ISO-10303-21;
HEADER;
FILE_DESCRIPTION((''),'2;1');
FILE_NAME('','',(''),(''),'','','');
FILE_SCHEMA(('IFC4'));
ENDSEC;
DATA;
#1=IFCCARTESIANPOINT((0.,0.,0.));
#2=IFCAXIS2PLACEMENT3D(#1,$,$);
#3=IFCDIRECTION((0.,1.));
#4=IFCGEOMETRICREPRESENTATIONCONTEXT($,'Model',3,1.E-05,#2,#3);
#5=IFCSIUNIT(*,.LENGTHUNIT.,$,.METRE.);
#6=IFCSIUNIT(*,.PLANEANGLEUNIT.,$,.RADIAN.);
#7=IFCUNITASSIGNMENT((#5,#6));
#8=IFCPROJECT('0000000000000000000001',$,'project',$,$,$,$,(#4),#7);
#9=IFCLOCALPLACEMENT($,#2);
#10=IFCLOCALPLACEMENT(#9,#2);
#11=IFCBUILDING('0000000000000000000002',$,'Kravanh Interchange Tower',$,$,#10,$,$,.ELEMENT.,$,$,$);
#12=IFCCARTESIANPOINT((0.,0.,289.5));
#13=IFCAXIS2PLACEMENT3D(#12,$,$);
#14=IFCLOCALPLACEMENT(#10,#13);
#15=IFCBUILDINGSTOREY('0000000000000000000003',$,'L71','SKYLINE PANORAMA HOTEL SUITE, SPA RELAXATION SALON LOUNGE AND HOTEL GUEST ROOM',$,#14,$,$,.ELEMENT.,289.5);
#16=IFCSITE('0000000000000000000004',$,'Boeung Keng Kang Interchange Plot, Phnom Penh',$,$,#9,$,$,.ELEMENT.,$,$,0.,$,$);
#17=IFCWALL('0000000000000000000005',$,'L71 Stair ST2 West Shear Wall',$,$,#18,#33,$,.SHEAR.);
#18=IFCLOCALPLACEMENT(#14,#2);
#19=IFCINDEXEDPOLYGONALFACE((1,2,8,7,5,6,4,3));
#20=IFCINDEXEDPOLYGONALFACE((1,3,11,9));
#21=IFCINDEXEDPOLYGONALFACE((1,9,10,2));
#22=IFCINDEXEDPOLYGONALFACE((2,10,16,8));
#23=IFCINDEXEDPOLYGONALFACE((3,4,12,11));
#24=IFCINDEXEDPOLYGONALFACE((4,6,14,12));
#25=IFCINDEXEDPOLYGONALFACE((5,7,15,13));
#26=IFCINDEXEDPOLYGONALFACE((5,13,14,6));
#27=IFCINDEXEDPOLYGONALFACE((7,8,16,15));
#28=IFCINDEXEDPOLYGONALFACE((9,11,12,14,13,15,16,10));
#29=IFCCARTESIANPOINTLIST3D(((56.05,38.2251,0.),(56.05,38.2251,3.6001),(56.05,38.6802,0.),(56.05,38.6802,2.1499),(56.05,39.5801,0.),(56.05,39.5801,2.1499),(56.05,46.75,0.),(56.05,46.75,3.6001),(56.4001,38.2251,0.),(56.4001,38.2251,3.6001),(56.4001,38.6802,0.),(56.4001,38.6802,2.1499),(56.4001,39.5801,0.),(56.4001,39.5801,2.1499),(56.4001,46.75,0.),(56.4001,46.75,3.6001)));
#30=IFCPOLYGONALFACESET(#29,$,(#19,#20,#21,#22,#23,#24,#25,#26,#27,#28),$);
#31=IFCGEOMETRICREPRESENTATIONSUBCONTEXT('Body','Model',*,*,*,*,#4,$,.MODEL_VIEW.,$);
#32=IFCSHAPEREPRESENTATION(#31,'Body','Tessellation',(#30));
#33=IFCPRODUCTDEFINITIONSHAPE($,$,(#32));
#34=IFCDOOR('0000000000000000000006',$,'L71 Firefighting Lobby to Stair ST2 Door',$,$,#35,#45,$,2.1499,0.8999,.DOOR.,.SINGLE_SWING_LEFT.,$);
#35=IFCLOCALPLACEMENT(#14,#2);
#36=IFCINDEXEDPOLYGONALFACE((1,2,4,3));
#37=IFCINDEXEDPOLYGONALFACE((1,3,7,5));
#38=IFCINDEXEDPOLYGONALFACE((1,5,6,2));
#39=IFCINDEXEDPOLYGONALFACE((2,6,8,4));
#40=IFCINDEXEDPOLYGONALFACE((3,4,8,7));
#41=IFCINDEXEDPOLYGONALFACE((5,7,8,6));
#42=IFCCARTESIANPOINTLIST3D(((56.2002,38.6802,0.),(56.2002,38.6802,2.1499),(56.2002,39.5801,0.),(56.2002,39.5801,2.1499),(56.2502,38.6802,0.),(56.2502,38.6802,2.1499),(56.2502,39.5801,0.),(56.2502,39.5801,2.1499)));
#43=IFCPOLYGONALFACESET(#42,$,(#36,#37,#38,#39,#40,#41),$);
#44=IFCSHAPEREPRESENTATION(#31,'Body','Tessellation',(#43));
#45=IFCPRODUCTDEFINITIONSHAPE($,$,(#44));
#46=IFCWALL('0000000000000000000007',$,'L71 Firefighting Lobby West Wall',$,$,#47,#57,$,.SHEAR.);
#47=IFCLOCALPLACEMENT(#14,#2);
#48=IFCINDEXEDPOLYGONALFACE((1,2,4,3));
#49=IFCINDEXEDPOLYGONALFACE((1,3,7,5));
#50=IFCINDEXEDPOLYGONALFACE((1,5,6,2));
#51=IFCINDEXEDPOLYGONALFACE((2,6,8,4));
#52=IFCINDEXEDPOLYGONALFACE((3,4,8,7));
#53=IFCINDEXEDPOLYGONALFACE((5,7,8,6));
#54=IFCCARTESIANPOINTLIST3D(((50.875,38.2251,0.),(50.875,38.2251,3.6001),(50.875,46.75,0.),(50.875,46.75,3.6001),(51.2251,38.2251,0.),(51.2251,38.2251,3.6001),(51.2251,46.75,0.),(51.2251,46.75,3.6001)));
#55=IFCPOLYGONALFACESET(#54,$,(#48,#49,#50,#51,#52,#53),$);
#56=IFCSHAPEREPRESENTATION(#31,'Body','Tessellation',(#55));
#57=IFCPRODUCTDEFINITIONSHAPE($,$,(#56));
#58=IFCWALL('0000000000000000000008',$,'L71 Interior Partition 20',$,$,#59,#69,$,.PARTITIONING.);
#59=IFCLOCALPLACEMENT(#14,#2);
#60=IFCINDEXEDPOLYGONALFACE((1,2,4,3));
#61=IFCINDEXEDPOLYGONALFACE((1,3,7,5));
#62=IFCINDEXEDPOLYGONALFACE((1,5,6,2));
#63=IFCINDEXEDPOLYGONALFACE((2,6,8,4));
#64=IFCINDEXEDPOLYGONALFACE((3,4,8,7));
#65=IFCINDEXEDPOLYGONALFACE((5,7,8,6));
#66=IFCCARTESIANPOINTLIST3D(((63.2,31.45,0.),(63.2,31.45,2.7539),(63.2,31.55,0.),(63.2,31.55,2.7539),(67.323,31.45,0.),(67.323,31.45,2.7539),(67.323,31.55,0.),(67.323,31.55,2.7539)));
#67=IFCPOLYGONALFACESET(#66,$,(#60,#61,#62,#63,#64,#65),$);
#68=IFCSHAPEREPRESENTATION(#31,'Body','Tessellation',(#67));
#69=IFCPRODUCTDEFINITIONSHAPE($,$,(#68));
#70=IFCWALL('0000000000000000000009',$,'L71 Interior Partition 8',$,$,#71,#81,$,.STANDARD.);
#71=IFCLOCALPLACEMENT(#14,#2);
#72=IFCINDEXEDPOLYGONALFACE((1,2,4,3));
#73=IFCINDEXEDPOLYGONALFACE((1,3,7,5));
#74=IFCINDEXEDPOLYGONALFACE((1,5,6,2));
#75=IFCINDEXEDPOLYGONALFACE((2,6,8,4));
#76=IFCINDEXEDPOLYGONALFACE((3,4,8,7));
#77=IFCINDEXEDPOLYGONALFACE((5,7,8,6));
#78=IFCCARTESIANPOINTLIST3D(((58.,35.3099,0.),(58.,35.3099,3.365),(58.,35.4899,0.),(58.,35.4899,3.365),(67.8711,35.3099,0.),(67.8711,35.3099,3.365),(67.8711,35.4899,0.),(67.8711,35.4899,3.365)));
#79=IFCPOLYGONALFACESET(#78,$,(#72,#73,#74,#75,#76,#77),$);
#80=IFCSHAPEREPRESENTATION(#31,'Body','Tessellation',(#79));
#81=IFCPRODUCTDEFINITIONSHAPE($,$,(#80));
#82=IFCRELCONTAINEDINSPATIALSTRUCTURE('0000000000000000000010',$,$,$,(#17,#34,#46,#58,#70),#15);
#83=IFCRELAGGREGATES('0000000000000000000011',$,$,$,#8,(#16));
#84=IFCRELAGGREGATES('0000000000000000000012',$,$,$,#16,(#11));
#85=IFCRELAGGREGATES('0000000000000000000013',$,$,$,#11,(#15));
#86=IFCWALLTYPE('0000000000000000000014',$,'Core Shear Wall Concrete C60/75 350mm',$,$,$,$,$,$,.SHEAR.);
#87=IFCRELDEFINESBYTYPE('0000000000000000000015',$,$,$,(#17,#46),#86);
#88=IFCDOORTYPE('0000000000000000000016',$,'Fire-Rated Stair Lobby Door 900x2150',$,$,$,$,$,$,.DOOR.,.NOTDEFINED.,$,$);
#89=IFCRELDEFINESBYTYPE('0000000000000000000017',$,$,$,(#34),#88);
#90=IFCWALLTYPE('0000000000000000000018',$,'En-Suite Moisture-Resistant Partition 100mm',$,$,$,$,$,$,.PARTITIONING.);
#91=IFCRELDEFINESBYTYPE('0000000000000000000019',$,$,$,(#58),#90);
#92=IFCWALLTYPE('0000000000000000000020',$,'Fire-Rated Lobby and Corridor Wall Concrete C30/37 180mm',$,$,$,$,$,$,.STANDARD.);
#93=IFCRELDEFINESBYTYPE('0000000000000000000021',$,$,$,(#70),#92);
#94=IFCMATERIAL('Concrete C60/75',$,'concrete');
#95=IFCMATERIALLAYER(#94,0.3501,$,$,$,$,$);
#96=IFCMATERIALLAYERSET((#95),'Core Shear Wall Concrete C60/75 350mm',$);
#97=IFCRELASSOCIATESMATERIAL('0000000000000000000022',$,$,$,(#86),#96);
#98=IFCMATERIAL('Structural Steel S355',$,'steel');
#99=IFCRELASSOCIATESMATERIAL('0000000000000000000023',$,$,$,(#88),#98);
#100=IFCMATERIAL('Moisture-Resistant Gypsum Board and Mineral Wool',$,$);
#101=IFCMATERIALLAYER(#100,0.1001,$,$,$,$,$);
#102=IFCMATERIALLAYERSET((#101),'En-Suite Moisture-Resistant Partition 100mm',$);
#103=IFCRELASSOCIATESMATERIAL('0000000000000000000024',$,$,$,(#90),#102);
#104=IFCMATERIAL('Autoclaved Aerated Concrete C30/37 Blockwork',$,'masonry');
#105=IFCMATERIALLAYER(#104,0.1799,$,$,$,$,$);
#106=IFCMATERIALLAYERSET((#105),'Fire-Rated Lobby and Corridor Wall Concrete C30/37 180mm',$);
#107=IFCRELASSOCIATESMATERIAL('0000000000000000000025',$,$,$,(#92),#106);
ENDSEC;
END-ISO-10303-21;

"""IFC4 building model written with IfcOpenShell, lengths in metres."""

from ifc_helpers import new_model, si_unit, direction, frame, frame_2d, origin, place, context, subcontext, project, spatial, rectangle, extrude, material, layer, layer_set, type_object, element, fill, save


model = new_model("IFC4")

# Units and contexts
model_context = context("Model", 3, precision=1e-05, world=origin(), true_north=direction((0.0, 1.0)))
body_context = subcontext(model_context, "Body", "Model", "MODEL_VIEW")
ifc_project = project(units=[si_unit("LENGTHUNIT", "METRE"), si_unit("PLANEANGLEUNIT", "RADIAN")], contexts=[model_context])

# Site, building, storey
site_placement = place(None, origin())
site = spatial("IfcSite", under=ifc_project, at=site_placement, Name="Boeung Keng Kang Interchange Plot, Phnom Penh", CompositionType="ELEMENT", RefElevation=0.0)
building_placement = place(site_placement, origin())
building = spatial("IfcBuilding", under=site, at=building_placement, Name="Kravanh Interchange Tower", CompositionType="ELEMENT")
storey_placement = place(building_placement, frame((0.0, 0.0, 289.5)))
storey = spatial("IfcBuildingStorey", under=building, at=storey_placement, Name="L71", Description="SKYLINE PANORAMA HOTEL SUITE, SPA RELAXATION SALON LOUNGE AND HOTEL GUEST ROOM", CompositionType="ELEMENT", Elevation=289.5)

# Wall, opening, door
ifc_material_1 = material(Name="Concrete C60/75", Category="concrete")
ifc_layer_1 = layer(ifc_material_1, 0.3501)
ifc_layer_set_1 = layer_set([ifc_layer_1], Name="Core Shear Wall Concrete C60/75 350mm")
wall_type_1 = type_object("IfcWallType", Name="Core Shear Wall Concrete C60/75 350mm", PredefinedType="SHEAR", material=ifc_layer_set_1)
wall_1_placement = place(storey_placement, frame((56.2251, 38.2251, 0.0), z_axis=(0.0, 0.0, 1.0), x_axis=(0.0, 1.0, 0.0)))
wall_1 = element("IfcWall", 1, at=wall_1_placement, inside=storey, type_object=wall_type_1, Name="L71 Stair ST2 West Shear Wall", PredefinedType="SHEAR", context=body_context, shape_type="SweptSolid", body=[
    extrude(rectangle(XDim=8.5249, YDim=0.3501, at=frame_2d((4.2625, 0.0))), origin(), (0.0, 0.0, 1.0), 3.6001),
])
opening_1_placement = place(wall_1_placement, frame((0.4551, 0.0, 0.0)))
opening_1 = element("IfcOpeningElement", 2, at=opening_1_placement, cuts=wall_1, PredefinedType="OPENING", context=body_context, shape_type="SweptSolid", body=[
    extrude(rectangle(XDim=0.8999, YDim=2.1499, at=frame_2d((0.45, 1.075))), frame((0.0, 0.1851, 0.0), z_axis=(0.0, -1.0, 0.0), x_axis=(1.0, 0.0, 0.0)), (0.0, 0.0, 1.0), 0.3701),
])
ifc_material_2 = material(Name="Structural Steel S355", Category="steel")
door_type_1 = type_object("IfcDoorType", Name="Fire-Rated Stair Lobby Door 900x2150", OperationType="NOTDEFINED", PredefinedType="DOOR", material=ifc_material_2)
door_1_placement = place(opening_1_placement, origin())
door_1 = element("IfcDoor", 3, at=door_1_placement, inside=storey, type_object=door_type_1, Name="L71 Firefighting Lobby to Stair ST2 Door", OperationType="SINGLE_SWING_LEFT", OverallHeight=2.1499, OverallWidth=0.8999, PredefinedType="DOOR", context=body_context, shape_type="SweptSolid", body=[
    extrude(rectangle(XDim=0.8999, YDim=2.1499, at=frame_2d((0.45, 1.075))), frame((0.0, 0.0249, 0.0), z_axis=(0.0, -1.0, 0.0), x_axis=(1.0, 0.0, 0.0)), (0.0, 0.0, 1.0), 0.05),
])
fill(opening_1, door_1)

# Wall
wall_2_placement = place(storey_placement, frame((51.05, 38.2251, 0.0), z_axis=(0.0, 0.0, 1.0), x_axis=(0.0, 1.0, 0.0)))
element("IfcWall", 4, at=wall_2_placement, inside=storey, type_object=wall_type_1, Name="L71 Firefighting Lobby West Wall", PredefinedType="SHEAR", context=body_context, shape_type="SweptSolid", body=[
    extrude(rectangle(XDim=8.5249, YDim=0.3501, at=frame_2d((4.2625, 0.0))), origin(), (0.0, 0.0, 1.0), 3.6001),
])

# Walls
ifc_material_3 = material(Name="Moisture-Resistant Gypsum Board and Mineral Wool")
ifc_layer_2 = layer(ifc_material_3, 0.1001)
ifc_layer_set_2 = layer_set([ifc_layer_2], Name="En-Suite Moisture-Resistant Partition 100mm")
wall_type_2 = type_object("IfcWallType", Name="En-Suite Moisture-Resistant Partition 100mm", PredefinedType="PARTITIONING", material=ifc_layer_set_2)
wall_3_placement = place(storey_placement, frame((63.2, 31.5, 0.0), z_axis=(0.0, 0.0, 1.0), x_axis=(1.0, 0.0, 0.0)))
element("IfcWall", 5, at=wall_3_placement, inside=storey, type_object=wall_type_2, Name="L71 Interior Partition 20", PredefinedType="PARTITIONING", context=body_context, shape_type="SweptSolid", body=[
    extrude(rectangle(XDim=4.123, YDim=0.1001, at=frame_2d((2.0615, 0.0))), origin(), (0.0, 0.0, 1.0), 2.7539),
])
ifc_material_4 = material(Name="Autoclaved Aerated Concrete C30/37 Blockwork", Category="masonry")
ifc_layer_3 = layer(ifc_material_4, 0.1799)
ifc_layer_set_3 = layer_set([ifc_layer_3], Name="Fire-Rated Lobby and Corridor Wall Concrete C30/37 180mm")
wall_type_3 = type_object("IfcWallType", Name="Fire-Rated Lobby and Corridor Wall Concrete C30/37 180mm", PredefinedType="STANDARD", material=ifc_layer_set_3)
wall_4_placement = place(storey_placement, frame((58.0, 35.3999, 0.0), z_axis=(0.0, 0.0, 1.0), x_axis=(1.0, 0.0, 0.0)))
element("IfcWall", 6, at=wall_4_placement, inside=storey, type_object=wall_type_3, Name="L71 Interior Partition 8", PredefinedType="STANDARD", context=body_context, shape_type="SweptSolid", body=[
    extrude(rectangle(XDim=9.8711, YDim=0.1799, at=frame_2d((4.9355, 0.0))), origin(), (0.0, 0.0, 1.0), 3.365),
])

save(model, "model.ifc")
